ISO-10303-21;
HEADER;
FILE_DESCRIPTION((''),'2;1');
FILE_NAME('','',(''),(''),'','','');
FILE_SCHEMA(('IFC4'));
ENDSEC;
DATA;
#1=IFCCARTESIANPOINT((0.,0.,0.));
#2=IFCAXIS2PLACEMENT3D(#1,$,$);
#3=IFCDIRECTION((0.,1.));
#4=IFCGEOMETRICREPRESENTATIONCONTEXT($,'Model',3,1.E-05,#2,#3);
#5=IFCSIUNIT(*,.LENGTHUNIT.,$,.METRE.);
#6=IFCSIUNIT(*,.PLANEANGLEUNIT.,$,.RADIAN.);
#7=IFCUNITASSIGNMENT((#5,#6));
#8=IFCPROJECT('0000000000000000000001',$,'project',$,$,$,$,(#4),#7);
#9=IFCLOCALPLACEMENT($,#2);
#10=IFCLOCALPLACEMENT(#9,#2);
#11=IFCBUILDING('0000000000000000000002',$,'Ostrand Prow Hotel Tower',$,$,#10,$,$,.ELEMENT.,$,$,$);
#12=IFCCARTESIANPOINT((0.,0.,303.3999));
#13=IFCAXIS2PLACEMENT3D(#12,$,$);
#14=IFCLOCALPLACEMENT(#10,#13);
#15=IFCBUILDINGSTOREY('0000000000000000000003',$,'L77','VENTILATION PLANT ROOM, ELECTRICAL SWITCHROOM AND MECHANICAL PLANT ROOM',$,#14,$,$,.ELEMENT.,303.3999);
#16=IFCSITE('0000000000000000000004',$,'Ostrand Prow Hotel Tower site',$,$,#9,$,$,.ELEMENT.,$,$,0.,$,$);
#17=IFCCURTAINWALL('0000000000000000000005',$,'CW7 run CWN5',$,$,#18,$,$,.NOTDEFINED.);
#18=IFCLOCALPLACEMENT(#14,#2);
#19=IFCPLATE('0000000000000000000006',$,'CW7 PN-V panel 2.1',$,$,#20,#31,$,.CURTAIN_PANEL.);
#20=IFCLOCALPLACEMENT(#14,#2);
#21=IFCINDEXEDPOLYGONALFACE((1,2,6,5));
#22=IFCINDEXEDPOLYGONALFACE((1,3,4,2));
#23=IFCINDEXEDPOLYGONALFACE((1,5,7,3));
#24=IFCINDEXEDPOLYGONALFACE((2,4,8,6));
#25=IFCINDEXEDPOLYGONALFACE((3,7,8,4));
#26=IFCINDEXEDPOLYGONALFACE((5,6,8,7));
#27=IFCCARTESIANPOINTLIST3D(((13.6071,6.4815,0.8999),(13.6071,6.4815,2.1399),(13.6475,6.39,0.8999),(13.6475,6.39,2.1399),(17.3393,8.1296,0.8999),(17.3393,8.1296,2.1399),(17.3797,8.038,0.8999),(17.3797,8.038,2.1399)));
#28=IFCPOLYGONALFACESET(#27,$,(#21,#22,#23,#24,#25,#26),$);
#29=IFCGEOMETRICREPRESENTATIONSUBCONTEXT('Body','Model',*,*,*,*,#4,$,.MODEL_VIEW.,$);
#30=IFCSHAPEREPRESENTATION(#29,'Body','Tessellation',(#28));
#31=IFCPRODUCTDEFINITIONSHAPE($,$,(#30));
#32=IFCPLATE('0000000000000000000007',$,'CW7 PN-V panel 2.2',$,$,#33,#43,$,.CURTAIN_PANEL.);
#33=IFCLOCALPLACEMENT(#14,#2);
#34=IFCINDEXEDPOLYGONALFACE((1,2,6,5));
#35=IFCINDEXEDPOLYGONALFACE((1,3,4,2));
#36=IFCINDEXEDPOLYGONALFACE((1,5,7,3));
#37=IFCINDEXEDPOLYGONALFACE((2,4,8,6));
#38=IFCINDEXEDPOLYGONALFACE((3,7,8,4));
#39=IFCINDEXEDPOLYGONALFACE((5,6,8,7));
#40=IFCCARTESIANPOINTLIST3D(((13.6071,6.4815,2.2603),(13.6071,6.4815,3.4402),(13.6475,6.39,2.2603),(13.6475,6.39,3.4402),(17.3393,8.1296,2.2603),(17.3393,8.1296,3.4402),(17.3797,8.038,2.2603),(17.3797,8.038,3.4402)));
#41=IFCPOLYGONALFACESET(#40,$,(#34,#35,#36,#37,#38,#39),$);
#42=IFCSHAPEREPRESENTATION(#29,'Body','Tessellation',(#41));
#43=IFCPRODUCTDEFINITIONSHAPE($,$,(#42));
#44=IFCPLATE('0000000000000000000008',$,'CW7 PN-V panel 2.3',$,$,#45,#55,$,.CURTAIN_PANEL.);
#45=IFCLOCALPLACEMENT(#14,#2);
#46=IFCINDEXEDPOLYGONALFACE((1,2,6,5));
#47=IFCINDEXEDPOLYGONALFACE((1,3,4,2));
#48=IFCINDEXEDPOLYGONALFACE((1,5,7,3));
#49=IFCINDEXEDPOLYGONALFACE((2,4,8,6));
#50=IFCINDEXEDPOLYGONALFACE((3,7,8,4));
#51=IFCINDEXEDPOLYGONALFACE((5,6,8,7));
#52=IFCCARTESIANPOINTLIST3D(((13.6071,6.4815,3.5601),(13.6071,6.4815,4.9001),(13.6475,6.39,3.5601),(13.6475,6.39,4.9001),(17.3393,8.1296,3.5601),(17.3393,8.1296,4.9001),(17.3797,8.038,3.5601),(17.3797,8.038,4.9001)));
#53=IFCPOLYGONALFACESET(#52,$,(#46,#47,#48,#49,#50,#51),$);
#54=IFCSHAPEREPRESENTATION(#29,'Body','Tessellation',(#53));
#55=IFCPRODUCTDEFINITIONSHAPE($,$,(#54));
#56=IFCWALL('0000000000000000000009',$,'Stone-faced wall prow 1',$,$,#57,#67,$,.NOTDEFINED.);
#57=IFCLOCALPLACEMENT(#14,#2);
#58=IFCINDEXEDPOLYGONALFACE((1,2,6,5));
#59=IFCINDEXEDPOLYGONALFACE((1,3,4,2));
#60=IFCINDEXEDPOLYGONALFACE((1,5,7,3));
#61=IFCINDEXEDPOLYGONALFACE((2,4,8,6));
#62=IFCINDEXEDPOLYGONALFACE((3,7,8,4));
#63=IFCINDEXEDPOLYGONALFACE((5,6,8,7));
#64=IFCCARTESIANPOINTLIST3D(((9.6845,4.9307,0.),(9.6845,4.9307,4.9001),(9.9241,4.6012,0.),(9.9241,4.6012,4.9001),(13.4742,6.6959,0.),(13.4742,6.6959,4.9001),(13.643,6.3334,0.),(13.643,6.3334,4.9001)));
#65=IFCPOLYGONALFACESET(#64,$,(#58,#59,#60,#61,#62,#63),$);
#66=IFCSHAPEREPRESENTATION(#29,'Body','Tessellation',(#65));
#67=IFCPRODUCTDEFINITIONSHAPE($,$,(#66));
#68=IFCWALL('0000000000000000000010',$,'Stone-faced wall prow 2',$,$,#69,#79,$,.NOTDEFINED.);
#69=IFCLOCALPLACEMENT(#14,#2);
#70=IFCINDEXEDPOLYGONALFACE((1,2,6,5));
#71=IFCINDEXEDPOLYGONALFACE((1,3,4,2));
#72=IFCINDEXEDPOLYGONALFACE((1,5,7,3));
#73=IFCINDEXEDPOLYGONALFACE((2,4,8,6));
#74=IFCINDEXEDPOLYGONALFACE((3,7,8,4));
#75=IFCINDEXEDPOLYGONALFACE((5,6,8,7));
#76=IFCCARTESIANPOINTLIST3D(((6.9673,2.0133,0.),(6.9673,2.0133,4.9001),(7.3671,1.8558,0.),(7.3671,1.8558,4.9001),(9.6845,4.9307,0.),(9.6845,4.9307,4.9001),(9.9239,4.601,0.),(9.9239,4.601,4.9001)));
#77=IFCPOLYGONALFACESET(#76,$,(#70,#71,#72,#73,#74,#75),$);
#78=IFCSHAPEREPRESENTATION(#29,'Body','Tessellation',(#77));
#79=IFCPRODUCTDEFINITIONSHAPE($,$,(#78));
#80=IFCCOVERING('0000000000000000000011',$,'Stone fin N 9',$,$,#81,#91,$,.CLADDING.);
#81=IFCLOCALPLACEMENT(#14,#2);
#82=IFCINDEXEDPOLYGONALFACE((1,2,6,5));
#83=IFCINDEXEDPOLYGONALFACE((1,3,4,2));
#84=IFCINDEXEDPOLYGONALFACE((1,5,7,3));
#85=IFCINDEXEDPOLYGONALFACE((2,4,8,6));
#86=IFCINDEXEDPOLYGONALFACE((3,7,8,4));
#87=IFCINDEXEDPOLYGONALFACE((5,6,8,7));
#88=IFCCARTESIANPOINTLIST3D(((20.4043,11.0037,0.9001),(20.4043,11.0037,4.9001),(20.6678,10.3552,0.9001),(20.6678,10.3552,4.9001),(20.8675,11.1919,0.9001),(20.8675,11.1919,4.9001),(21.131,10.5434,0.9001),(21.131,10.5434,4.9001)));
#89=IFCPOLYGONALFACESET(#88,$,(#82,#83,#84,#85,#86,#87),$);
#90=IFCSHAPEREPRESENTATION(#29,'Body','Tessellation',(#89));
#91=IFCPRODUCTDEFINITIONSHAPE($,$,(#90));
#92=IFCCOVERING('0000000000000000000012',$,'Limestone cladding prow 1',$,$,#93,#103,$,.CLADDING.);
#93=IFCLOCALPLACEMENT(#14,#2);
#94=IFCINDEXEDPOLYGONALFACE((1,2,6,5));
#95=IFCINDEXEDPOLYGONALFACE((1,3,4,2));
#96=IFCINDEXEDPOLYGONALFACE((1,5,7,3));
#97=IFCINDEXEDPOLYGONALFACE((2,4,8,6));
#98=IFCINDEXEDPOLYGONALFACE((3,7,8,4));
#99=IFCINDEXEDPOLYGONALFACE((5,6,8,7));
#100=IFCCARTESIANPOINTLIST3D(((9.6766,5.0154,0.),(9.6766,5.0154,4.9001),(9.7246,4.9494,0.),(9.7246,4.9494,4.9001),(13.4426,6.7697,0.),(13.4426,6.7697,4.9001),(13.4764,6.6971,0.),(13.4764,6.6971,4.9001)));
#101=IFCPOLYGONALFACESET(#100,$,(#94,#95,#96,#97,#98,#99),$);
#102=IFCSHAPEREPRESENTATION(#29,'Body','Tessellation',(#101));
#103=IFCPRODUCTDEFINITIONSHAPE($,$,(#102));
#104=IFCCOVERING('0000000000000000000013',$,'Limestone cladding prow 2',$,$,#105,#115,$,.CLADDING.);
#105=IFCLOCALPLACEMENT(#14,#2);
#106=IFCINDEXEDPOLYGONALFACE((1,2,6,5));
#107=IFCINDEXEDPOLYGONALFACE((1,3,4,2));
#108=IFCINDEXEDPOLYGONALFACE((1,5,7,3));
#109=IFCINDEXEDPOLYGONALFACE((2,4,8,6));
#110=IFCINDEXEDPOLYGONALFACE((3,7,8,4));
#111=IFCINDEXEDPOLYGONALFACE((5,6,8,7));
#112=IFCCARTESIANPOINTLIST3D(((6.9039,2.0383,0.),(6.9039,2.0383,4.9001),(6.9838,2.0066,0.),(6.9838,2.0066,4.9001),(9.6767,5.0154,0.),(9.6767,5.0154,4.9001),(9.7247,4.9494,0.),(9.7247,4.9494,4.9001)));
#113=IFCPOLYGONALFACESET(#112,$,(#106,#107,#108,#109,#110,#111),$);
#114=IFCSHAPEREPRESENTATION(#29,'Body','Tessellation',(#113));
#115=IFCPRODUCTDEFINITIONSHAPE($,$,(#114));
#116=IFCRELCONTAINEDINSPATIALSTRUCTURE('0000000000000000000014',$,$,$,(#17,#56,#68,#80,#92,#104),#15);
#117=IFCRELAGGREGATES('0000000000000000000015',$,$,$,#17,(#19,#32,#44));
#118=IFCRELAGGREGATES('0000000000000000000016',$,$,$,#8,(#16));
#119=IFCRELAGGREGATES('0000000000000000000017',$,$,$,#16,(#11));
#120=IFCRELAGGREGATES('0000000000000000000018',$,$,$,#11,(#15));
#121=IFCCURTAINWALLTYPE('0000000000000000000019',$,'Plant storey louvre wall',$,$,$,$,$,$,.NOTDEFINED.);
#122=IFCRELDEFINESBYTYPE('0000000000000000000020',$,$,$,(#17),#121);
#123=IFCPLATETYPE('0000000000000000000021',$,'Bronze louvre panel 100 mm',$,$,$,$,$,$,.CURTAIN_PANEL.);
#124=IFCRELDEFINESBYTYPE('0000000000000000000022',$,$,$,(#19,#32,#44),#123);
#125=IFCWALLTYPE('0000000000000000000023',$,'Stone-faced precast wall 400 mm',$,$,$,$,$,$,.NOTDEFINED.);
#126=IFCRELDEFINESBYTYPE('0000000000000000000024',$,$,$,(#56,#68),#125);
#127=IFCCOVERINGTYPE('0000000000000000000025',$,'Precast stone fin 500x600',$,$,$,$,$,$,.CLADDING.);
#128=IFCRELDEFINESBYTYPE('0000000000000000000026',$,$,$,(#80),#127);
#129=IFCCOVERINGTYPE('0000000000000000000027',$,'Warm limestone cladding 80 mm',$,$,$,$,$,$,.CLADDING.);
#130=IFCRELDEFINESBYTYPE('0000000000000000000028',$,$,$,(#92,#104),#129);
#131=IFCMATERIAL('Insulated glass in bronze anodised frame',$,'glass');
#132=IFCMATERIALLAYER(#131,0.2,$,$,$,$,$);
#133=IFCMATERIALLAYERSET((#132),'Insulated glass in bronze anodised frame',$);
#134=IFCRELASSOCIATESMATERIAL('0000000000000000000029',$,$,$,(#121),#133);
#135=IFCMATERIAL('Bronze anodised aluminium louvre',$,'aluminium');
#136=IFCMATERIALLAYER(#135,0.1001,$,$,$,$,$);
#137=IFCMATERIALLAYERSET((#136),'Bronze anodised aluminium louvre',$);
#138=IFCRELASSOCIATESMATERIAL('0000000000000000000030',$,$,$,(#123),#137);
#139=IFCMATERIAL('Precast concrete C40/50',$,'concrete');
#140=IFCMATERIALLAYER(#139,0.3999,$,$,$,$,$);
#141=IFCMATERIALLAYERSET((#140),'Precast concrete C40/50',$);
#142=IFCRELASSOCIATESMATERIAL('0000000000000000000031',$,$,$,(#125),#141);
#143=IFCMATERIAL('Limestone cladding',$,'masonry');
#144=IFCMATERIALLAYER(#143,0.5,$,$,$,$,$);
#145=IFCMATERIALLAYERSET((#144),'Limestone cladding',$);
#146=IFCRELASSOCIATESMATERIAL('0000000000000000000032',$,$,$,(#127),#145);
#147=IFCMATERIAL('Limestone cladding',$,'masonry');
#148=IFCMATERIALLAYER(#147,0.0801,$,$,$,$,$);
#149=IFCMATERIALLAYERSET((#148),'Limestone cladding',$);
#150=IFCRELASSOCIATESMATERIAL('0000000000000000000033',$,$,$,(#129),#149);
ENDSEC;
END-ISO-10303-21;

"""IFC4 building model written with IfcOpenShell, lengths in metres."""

from ifc_helpers import new_model, si_unit, direction, frame, frame_2d, origin, origin_2d, place, context, subcontext, project, spatial, polyline, rectangle, outline, extrude, material, layer, layer_set, type_object, element, aggregate, save


model = new_model("IFC4")

# Units and contexts
model_context = context("Model", 3, precision=1e-05, world=origin(), true_north=direction((0.0, 1.0)))
body_context = subcontext(model_context, "Body", "Model", "MODEL_VIEW")
ifc_project = project(units=[si_unit("LENGTHUNIT", "METRE"), si_unit("PLANEANGLEUNIT", "RADIAN")], contexts=[model_context])

# Site, building, storey
site_placement = place(None, origin())
site = spatial("IfcSite", under=ifc_project, at=site_placement, Name="Ostrand Prow Hotel Tower site", CompositionType="ELEMENT", RefElevation=0.0)
building_placement = place(site_placement, origin())
building = spatial("IfcBuilding", under=site, at=building_placement, Name="Ostrand Prow Hotel Tower", CompositionType="ELEMENT")
storey_placement = place(building_placement, frame((0.0, 0.0, 303.3999)))
storey = spatial("IfcBuildingStorey", under=building, at=storey_placement, Name="L77", Description="VENTILATION PLANT ROOM, ELECTRICAL SWITCHROOM AND MECHANICAL PLANT ROOM", CompositionType="ELEMENT", Elevation=303.3999)

# Shared definitions
ifc_material_1 = material(Name="Insulated glass in bronze anodised frame", Category="glass")
ifc_layer_1 = layer(ifc_material_1, 0.2)
ifc_layer_set_1 = layer_set([ifc_layer_1], Name="Insulated glass in bronze anodised frame")
curtain_wall_type = type_object("IfcCurtainWallType", Name="Plant storey louvre wall", PredefinedType="NOTDEFINED", material=ifc_layer_set_1)

# Curtain wall, plates
curtain_wall_1_placement = place(storey_placement, origin())
curtain_wall_1 = element("IfcCurtainWall", 1, at=curtain_wall_1_placement, inside=storey, type_object=curtain_wall_type, Name="CW7 run CWN5", PredefinedType="NOTDEFINED")
ifc_material_2 = material(Name="Bronze anodised aluminium louvre", Category="aluminium")
ifc_layer_2 = layer(ifc_material_2, 0.1001)
ifc_layer_set_2 = layer_set([ifc_layer_2], Name="Bronze anodised aluminium louvre")
plate_type = type_object("IfcPlateType", Name="Bronze louvre panel 100 mm", PredefinedType="CURTAIN_PANEL", material=ifc_layer_set_2)
plate_1_placement = place(storey_placement, frame((15.4934, 7.2598, 0.8999), z_axis=(0.0, 0.0, 1.0), x_axis=(-0.914786, -0.40394, 0.0)))
plate_1 = element("IfcPlate", 2, at=plate_1_placement, type_object=plate_type, Name="CW7 PN-V panel 2.1", PredefinedType="CURTAIN_PANEL", context=body_context, shape_type="SweptSolid", body=[
    extrude(rectangle(XDim=4.0798, YDim=0.1001, at=origin_2d()), origin(), (0.0, 0.0, 1.0), 1.24),
])
plate_2_placement = place(storey_placement, frame((15.4934, 7.2598, 2.2603), z_axis=(0.0, 0.0, 1.0), x_axis=(-0.914786, -0.40394, 0.0)))
plate_2 = element("IfcPlate", 3, at=plate_2_placement, type_object=plate_type, Name="CW7 PN-V panel 2.2", PredefinedType="CURTAIN_PANEL", context=body_context, shape_type="SweptSolid", body=[
    extrude(rectangle(XDim=4.0798, YDim=0.1001, at=origin_2d()), origin(), (0.0, 0.0, 1.0), 1.1799),
])
plate_3_placement = place(storey_placement, frame((15.4934, 7.2598, 3.5601), z_axis=(0.0, 0.0, 1.0), x_axis=(-0.914786, -0.40394, 0.0)))
plate_3 = element("IfcPlate", 4, at=plate_3_placement, type_object=plate_type, Name="CW7 PN-V panel 2.3", PredefinedType="CURTAIN_PANEL", context=body_context, shape_type="SweptSolid", body=[
    extrude(rectangle(XDim=4.0798, YDim=0.1001, at=origin_2d()), origin(), (0.0, 0.0, 1.0), 1.3401),
])
aggregate(curtain_wall_1, [plate_1, plate_2, plate_3])

# Walls
ifc_material_3 = material(Name="Precast concrete C40/50", Category="concrete")
ifc_layer_3 = layer(ifc_material_3, 0.3999)
ifc_layer_set_3 = layer_set([ifc_layer_3], Name="Precast concrete C40/50")
wall_type = type_object("IfcWallType", Name="Stone-faced precast wall 400 mm", PredefinedType="NOTDEFINED", material=ifc_layer_set_3)
wall_1_placement = place(storey_placement, frame((13.5586, 6.5146, 0.0), z_axis=(0.0, 0.0, 1.0), x_axis=(-0.906486, -0.422237, 0.0)))
element("IfcWall", 5, at=wall_1_placement, inside=storey, type_object=wall_type, Name="Stone-faced wall prow 1", PredefinedType="NOTDEFINED", context=body_context, shape_type="SweptSolid", body=[
    extrude(outline(polyline([(0.0, -0.2), (4.1807, -0.2), (4.1025, 0.2), (0.0, 0.2), (0.0, -0.2)])), origin(), (0.0, 0.0, 1.0), 4.9001),
])
wall_2_placement = place(storey_placement, frame((9.8042, 4.7659, 0.0), z_axis=(0.0, 0.0, 1.0), x_axis=(-0.681547, -0.731775, 0.0)))
element("IfcWall", 6, at=wall_2_placement, inside=storey, type_object=wall_type, Name="Stone-faced wall prow 2", PredefinedType="NOTDEFINED", context=body_context, shape_type="SweptSolid", body=[
    extrude(outline(polyline([(-0.0391, -0.2), (3.9478, -0.2), (3.7905, 0.2), (0.0391, 0.2), (-0.0391, -0.2)])), origin(), (0.0, 0.0, 1.0), 4.9001),
])

# Coverings
ifc_material_4 = material(Name="Limestone cladding", Category="masonry")
ifc_layer_4 = layer(ifc_material_4, 0.5)
ifc_layer_set_4 = layer_set([ifc_layer_4], Name="Limestone cladding")
covering_type_1 = type_object("IfcCoveringType", Name="Precast stone fin 500x600", PredefinedType="CLADDING", material=ifc_layer_set_4)
covering_1_placement = place(storey_placement, frame((20.8994, 10.4492, 0.9001), z_axis=(0.0, 0.0, 1.0), x_axis=(-0.376377, 0.926467, 0.0)))
element("IfcCovering", 7, at=covering_1_placement, inside=storey, type_object=covering_type_1, Name="Stone fin N 9", PredefinedType="CLADDING", context=body_context, shape_type="SweptSolid", body=[
    extrude(rectangle(XDim=0.7, YDim=0.5, at=frame_2d((0.3501, 0.0))), origin(), (0.0, 0.0, 1.0), 4.0),
])
ifc_material_5 = material(Name="Limestone cladding", Category="masonry")
ifc_layer_5 = layer(ifc_material_5, 0.0801)
ifc_layer_set_5 = layer_set([ifc_layer_5], Name="Limestone cladding")
covering_type_2 = type_object("IfcCoveringType", Name="Warm limestone cladding 80 mm", PredefinedType="CLADDING", material=ifc_layer_set_5)
covering_2_placement = place(storey_placement, frame((13.4595, 6.7334, 0.0), z_axis=(0.0, 0.0, 1.0), x_axis=(-0.906472, -0.422267, 0.0)))
element("IfcCovering", 8, at=covering_2_placement, inside=storey, type_object=covering_type_2, Name="Limestone cladding prow 1", PredefinedType="CLADDING", context=body_context, shape_type="SweptSolid", body=[
    extrude(outline(polyline([(0.0, -0.04), (4.1545, -0.04), (4.1389, 0.04), (0.0, 0.04), (0.0, -0.04)])), origin(), (0.0, 0.0, 1.0), 4.9001),
])
covering_3_placement = place(storey_placement, frame((9.7007, 4.9824, 0.0), z_axis=(0.0, 0.0, 1.0), x_axis=(-0.681552, -0.731769, 0.0)))
element("IfcCovering", 9, at=covering_3_placement, inside=storey, type_object=covering_type_2, Name="Limestone cladding prow 2", PredefinedType="CLADDING", context=body_context, shape_type="SweptSolid", body=[
    extrude(outline(polyline([(-0.0078, -0.04), (4.0605, -0.04), (4.0293, 0.04), (0.0078, 0.04), (-0.0078, -0.04)])), origin(), (0.0, 0.0, 1.0), 4.9001),
])

save(model, "model.ifc")
